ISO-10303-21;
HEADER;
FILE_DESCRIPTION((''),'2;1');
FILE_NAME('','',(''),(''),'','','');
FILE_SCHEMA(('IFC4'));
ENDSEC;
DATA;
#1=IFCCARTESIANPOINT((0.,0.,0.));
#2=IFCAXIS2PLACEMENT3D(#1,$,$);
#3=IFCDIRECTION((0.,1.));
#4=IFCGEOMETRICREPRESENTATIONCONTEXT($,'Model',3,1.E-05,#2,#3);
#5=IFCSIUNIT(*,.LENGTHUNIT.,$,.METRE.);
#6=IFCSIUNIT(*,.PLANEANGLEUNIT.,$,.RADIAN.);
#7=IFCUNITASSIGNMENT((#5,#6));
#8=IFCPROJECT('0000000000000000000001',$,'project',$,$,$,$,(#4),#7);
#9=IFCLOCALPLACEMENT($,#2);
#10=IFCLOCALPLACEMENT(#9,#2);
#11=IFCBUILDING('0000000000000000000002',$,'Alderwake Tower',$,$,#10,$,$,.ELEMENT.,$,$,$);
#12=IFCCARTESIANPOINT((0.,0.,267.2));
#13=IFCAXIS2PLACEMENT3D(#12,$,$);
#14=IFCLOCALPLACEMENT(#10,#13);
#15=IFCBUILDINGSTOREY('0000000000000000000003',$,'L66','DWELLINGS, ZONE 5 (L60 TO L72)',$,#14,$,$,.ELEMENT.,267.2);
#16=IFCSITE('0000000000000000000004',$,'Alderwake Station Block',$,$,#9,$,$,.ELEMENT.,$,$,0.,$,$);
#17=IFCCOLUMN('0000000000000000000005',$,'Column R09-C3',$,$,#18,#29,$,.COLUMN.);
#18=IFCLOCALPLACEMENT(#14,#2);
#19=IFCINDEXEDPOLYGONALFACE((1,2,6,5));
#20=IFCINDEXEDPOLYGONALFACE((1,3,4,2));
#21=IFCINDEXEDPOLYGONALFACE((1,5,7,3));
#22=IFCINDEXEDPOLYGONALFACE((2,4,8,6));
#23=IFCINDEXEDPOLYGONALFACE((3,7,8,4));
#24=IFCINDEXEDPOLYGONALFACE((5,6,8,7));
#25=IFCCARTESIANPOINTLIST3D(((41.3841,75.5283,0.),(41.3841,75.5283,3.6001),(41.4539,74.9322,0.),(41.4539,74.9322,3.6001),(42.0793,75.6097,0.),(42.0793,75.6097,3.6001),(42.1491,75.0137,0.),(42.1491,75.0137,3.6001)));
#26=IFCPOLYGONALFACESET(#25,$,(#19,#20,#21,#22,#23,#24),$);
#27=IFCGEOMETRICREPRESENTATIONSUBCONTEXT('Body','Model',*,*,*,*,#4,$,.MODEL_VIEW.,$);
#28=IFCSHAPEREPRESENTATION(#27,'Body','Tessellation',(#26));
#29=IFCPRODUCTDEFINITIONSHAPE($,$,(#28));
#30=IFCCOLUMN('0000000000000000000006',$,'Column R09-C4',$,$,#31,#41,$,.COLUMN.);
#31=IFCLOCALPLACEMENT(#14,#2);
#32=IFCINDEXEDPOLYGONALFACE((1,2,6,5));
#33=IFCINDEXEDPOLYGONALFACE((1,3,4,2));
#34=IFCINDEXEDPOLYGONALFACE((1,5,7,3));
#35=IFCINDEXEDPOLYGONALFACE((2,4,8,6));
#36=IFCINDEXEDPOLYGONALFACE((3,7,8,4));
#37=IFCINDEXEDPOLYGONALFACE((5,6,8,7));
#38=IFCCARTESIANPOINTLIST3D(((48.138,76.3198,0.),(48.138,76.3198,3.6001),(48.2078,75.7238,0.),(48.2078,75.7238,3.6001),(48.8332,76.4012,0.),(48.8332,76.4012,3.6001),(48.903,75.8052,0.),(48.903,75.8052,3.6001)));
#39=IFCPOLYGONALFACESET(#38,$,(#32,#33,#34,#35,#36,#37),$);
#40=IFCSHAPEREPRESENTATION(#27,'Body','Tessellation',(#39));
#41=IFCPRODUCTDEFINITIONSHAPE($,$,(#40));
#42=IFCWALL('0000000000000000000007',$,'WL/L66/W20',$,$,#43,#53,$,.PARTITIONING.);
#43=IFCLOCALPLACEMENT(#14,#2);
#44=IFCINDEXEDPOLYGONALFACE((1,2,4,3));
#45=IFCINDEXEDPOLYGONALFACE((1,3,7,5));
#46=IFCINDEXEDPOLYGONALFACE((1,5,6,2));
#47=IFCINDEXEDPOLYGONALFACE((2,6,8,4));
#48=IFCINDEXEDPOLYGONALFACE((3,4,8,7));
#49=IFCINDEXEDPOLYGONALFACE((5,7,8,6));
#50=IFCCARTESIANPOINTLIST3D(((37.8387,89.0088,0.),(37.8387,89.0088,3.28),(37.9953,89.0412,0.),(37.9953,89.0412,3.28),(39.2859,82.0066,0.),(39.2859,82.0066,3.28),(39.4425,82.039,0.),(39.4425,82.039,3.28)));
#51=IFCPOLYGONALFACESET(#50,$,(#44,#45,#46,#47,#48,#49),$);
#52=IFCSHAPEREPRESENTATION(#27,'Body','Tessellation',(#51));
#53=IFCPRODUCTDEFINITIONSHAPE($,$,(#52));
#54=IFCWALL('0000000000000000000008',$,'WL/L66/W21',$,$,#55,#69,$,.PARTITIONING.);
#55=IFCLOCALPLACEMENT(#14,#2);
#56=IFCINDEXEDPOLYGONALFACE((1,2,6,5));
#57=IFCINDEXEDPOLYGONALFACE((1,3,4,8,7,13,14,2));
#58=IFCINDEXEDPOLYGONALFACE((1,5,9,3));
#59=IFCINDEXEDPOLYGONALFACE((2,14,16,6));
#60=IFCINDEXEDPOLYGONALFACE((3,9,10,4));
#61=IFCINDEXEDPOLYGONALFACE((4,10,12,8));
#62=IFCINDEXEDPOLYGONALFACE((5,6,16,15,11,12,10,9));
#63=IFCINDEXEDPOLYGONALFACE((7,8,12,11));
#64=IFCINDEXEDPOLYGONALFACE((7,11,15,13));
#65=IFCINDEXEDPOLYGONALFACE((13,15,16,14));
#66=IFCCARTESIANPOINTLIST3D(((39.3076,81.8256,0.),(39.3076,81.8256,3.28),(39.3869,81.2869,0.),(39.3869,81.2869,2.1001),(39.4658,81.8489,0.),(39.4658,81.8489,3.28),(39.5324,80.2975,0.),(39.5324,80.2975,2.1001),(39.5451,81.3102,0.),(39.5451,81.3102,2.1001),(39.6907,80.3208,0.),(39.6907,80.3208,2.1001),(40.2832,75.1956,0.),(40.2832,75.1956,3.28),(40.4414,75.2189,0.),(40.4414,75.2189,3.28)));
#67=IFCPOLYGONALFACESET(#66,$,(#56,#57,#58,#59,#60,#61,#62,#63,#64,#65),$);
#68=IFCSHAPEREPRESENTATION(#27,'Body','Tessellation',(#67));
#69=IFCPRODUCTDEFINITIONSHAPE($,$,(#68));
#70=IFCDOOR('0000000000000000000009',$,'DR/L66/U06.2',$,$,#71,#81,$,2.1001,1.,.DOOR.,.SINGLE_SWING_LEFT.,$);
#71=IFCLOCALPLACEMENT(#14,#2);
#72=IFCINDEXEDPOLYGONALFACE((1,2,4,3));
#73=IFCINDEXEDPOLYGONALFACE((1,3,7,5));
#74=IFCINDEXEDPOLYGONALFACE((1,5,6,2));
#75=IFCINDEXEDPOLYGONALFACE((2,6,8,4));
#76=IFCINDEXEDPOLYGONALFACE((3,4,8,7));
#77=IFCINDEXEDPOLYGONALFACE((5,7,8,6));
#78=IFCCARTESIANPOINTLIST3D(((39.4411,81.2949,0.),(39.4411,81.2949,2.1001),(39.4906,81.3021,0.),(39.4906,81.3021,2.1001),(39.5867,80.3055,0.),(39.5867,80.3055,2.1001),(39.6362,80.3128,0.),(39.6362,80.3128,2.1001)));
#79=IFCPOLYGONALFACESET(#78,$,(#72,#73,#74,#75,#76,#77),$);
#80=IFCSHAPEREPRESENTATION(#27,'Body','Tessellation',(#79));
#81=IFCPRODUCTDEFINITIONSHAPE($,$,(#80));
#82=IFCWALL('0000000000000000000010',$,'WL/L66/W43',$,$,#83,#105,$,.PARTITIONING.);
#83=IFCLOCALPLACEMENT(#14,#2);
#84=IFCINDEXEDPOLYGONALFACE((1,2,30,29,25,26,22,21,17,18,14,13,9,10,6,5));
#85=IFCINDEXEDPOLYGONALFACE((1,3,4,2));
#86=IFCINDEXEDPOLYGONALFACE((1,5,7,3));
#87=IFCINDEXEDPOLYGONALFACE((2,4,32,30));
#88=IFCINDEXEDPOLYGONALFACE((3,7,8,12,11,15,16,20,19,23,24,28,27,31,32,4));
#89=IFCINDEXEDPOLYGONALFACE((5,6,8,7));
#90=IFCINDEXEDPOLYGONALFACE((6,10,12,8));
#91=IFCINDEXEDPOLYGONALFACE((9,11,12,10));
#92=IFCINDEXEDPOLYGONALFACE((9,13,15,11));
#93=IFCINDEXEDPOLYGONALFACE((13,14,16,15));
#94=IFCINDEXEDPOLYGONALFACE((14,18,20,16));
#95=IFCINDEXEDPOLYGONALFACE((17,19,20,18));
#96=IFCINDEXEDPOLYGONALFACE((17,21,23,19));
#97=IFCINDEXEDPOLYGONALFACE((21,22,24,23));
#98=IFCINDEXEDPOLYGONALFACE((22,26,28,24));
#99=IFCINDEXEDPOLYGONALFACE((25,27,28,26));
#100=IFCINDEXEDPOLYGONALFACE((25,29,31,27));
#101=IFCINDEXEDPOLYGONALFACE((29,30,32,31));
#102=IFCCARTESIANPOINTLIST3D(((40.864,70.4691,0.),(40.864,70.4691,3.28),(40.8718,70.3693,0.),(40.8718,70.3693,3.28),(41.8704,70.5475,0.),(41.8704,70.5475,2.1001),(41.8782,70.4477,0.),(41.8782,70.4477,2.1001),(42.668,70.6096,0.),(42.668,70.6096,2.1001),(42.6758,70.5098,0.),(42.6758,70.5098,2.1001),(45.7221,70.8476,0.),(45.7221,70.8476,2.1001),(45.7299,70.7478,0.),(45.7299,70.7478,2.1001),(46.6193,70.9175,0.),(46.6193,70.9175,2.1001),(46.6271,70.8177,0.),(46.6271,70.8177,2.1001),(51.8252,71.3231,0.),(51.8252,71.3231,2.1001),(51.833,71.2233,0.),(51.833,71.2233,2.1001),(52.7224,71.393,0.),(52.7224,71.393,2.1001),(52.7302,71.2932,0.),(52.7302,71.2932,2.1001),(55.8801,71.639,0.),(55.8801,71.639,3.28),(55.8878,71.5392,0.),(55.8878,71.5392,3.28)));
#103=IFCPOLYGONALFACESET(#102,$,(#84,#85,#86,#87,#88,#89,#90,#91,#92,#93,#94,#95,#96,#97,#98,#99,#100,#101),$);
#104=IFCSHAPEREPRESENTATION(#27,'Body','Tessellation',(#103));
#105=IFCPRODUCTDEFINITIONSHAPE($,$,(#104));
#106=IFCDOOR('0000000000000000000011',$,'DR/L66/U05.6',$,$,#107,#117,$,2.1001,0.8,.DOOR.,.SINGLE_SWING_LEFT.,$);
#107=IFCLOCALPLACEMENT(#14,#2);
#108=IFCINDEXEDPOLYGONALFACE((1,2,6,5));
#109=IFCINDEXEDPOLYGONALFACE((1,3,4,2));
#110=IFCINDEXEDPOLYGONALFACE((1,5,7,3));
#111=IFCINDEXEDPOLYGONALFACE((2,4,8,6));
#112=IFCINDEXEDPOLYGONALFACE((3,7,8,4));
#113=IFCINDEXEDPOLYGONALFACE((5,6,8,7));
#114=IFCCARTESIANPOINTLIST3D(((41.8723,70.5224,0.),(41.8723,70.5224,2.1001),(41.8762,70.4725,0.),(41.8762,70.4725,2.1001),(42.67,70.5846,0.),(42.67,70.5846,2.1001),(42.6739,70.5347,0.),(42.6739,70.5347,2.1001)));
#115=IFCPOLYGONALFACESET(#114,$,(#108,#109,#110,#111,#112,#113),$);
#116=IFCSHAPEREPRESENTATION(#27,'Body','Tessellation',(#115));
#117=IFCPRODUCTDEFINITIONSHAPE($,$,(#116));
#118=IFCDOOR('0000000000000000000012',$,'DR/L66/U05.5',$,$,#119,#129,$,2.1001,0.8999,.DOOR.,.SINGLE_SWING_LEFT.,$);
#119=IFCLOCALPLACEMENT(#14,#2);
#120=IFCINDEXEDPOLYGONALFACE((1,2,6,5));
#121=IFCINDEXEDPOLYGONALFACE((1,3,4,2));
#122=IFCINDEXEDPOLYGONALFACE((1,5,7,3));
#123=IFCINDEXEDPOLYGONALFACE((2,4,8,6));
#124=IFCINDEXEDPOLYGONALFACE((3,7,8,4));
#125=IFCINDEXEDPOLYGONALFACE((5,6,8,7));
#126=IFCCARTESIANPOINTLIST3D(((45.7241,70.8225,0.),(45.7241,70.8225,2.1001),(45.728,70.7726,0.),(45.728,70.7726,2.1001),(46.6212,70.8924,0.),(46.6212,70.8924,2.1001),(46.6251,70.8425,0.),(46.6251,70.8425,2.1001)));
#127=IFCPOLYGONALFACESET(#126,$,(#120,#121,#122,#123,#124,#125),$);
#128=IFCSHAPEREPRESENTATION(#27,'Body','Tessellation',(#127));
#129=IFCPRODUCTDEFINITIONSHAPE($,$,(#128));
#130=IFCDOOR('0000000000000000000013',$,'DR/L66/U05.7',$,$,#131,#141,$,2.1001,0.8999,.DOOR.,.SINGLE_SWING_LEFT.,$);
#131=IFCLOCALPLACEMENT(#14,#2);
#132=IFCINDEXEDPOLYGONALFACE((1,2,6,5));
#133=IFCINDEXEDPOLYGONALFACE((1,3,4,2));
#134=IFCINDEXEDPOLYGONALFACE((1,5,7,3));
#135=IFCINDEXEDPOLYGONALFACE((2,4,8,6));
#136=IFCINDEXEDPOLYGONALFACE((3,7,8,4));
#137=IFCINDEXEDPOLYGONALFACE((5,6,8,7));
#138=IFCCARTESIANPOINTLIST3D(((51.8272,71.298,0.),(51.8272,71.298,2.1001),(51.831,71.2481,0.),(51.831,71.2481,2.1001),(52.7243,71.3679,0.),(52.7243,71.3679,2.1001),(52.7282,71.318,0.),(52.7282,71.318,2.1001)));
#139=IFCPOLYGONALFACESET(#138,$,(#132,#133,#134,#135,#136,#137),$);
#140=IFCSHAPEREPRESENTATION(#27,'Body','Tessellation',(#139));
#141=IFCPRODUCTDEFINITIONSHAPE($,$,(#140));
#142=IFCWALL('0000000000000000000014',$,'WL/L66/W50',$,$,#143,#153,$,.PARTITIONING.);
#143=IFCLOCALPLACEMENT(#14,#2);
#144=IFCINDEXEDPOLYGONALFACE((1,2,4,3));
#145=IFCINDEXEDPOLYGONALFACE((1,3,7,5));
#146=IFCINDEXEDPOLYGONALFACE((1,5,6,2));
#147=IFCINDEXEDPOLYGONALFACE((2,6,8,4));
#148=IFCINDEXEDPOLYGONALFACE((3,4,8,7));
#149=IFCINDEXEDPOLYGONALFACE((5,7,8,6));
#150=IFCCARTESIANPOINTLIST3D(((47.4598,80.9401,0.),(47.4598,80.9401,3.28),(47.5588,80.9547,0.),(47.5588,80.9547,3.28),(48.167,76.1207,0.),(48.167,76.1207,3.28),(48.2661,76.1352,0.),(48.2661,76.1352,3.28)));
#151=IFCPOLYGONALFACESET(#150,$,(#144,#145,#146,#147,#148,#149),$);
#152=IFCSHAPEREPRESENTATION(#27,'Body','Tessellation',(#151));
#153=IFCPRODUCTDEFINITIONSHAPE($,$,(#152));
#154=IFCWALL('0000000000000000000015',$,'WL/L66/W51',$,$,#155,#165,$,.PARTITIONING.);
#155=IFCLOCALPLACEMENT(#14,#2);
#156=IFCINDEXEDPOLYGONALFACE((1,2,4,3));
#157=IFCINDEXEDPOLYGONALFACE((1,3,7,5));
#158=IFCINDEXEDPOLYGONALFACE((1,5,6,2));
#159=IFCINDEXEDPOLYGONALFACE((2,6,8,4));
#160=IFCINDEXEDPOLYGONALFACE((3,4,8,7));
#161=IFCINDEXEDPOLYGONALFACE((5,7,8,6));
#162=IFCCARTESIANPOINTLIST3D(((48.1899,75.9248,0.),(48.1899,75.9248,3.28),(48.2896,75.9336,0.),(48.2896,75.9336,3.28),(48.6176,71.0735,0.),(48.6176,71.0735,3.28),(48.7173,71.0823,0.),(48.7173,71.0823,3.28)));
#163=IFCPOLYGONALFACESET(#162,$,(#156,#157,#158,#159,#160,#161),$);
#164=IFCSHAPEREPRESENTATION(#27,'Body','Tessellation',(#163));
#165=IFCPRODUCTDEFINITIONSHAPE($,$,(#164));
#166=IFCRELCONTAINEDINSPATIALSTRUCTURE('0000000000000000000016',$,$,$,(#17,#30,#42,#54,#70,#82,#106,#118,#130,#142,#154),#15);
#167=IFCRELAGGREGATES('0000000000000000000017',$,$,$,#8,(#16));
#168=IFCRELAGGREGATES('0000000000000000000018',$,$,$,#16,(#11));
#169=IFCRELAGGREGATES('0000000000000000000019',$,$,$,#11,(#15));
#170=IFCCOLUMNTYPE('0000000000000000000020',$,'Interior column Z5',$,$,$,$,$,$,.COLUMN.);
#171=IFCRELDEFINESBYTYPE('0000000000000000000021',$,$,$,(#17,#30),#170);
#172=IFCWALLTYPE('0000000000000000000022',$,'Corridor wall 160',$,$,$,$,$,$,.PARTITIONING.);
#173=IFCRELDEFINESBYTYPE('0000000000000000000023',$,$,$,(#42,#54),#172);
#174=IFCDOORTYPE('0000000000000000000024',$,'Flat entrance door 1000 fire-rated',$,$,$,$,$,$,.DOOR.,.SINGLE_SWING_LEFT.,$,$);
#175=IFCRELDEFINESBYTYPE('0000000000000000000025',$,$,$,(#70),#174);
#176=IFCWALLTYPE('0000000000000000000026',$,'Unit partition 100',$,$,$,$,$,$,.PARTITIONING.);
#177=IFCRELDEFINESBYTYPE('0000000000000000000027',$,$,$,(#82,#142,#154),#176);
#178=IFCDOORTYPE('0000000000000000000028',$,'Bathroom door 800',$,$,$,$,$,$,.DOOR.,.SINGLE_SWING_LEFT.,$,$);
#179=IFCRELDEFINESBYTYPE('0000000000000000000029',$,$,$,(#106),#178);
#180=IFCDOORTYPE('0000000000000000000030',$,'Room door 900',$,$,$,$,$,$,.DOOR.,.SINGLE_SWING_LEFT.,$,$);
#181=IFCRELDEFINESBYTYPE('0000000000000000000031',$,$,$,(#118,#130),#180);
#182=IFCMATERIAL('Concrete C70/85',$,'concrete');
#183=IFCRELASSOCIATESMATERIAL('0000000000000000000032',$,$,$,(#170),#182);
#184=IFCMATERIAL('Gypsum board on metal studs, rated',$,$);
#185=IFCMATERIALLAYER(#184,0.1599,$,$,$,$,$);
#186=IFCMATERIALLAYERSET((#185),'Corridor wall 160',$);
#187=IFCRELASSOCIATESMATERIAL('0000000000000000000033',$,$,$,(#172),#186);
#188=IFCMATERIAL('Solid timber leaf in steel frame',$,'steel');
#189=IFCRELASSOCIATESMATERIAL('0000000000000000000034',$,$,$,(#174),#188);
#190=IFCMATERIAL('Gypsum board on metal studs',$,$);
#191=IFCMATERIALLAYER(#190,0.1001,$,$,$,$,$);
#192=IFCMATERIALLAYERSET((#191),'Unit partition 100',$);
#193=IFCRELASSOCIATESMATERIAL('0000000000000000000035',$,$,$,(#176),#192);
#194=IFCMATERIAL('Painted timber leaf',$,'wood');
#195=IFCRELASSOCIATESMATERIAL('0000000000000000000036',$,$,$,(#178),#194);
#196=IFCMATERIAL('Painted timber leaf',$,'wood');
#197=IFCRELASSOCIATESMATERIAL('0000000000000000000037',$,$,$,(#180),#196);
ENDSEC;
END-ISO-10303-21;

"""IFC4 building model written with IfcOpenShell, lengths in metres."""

from ifc_helpers import new_model, si_unit, direction, frame, frame_2d, origin, origin_2d, place, context, subcontext, project, spatial, rectangle, extrude, material, layer, layer_set, material_profile, profile_set, type_object, element, fill, save


model = new_model("IFC4")

# Units and contexts
model_context = context("Model", 3, precision=1e-05, world=origin(), true_north=direction((0.0, 1.0)))
body_context = subcontext(model_context, "Body", "Model", "MODEL_VIEW")
ifc_project = project(units=[si_unit("LENGTHUNIT", "METRE"), si_unit("PLANEANGLEUNIT", "RADIAN")], contexts=[model_context])

# Site, building, storey
site_placement = place(None, origin())
site = spatial("IfcSite", under=ifc_project, at=site_placement, Name="Alderwake Station Block", CompositionType="ELEMENT", RefElevation=0.0)
building_placement = place(site_placement, origin())
building = spatial("IfcBuilding", under=site, at=building_placement, Name="Alderwake Tower", CompositionType="ELEMENT")
storey_placement = place(building_placement, frame((0.0, 0.0, 267.2)))
storey = spatial("IfcBuildingStorey", under=building, at=storey_placement, Name="L66", Description="DWELLINGS, ZONE 5 (L60 TO L72)", CompositionType="ELEMENT", Elevation=267.2)

# Columns
ifc_material_1 = material(Name="Concrete C70/85", Category="concrete")
ifc_material_profile = material_profile(ifc_material_1, rectangle(XDim=0.6001, YDim=0.7, at=origin_2d()), Name="RC 700X600")
ifc_profile_set = profile_set([ifc_material_profile], Name="Concrete C70/85")
column_type = type_object("IfcColumnType", Name="Interior column Z5", PredefinedType="COLUMN", material=ifc_profile_set)
for number, where, z_axis, x_axis, name in (
    (1, (41.7666, 75.271, 0.0), (0.0, 0.0, 1.0), (-0.116402, 0.993202, 0.0), "Column R09-C3"),
    (2, (48.5205, 76.0625, 0.0), (0.0, 0.0, 1.0), (-0.116402, 0.993202, 0.0), "Column R09-C4"),
):
    element("IfcColumn", number, at=place(storey_placement, frame(where, z_axis=z_axis, x_axis=x_axis)), inside=storey, type_object=column_type, Name=name, PredefinedType="COLUMN", context=body_context, shape_type="SweptSolid", body=[
        extrude(rectangle(XDim=0.6001, YDim=0.7, at=origin_2d()), origin(), (0.0, 0.0, 1.0), 3.6001),
    ])

# Wall
ifc_material_2 = material(Name="Gypsum board on metal studs, rated")
ifc_layer_1 = layer(ifc_material_2, 0.1599)
ifc_layer_set_1 = layer_set([ifc_layer_1], Name="Corridor wall 160")
wall_type_1 = type_object("IfcWallType", Name="Corridor wall 160", PredefinedType="PARTITIONING", material=ifc_layer_set_1)
wall_1_placement = place(storey_placement, frame((39.3643, 82.0227, 0.0), z_axis=(0.0, 0.0, 1.0), x_axis=(-0.202409, 0.979301, 0.0)))
element("IfcWall", 3, at=wall_1_placement, inside=storey, type_object=wall_type_1, Name="WL/L66/W20", PredefinedType="PARTITIONING", context=body_context, shape_type="SweptSolid", body=[
    extrude(rectangle(XDim=7.1501, YDim=0.1599, at=frame_2d((3.5752, 0.0))), origin(), (0.0, 0.0, 1.0), 3.28),
])

# Wall, opening, door
wall_2_placement = place(storey_placement, frame((39.3867, 81.8372, 0.0), z_axis=(0.0, 0.0, 1.0), x_axis=(0.145577, -0.989347, 0.0)))
wall_2 = element("IfcWall", 4, at=wall_2_placement, inside=storey, type_object=wall_type_1, Name="WL/L66/W21", PredefinedType="PARTITIONING", context=body_context, shape_type="SweptSolid", body=[
    extrude(rectangle(XDim=6.7014, YDim=0.1599, at=frame_2d((3.3506, 0.0))), origin(), (0.0, 0.0, 1.0), 3.28),
])
opening_1_placement = place(wall_2_placement, frame((0.5444, 0.0, 0.0)))
opening_1 = element("IfcOpeningElement", 5, at=opening_1_placement, cuts=wall_2, PredefinedType="OPENING", context=body_context, shape_type="SweptSolid", body=[
    extrude(rectangle(XDim=1.0, YDim=2.1001, at=frame_2d((0.5, 1.05))), frame((0.0, 0.0898, 0.0), z_axis=(0.0, -1.0, 0.0), x_axis=(1.0, 0.0, 0.0)), (0.0, 0.0, 1.0), 0.1799),
])
ifc_material_3 = material(Name="Solid timber leaf in steel frame", Category="steel")
door_type_1 = type_object("IfcDoorType", Name="Flat entrance door 1000 fire-rated", OperationType="SINGLE_SWING_LEFT", PredefinedType="DOOR", material=ifc_material_3)
door_1_placement = place(opening_1_placement, origin())
door_1 = element("IfcDoor", 6, at=door_1_placement, inside=storey, type_object=door_type_1, Name="DR/L66/U06.2", OperationType="SINGLE_SWING_LEFT", OverallHeight=2.1001, OverallWidth=1.0, PredefinedType="DOOR", context=body_context, shape_type="SweptSolid", body=[
    extrude(rectangle(XDim=1.0, YDim=2.1001, at=frame_2d((0.5, 1.05))), frame((0.0, 0.0249, 0.0), z_axis=(0.0, -1.0, 0.0), x_axis=(1.0, 0.0, 0.0)), (0.0, 0.0, 1.0), 0.05),
])
fill(opening_1, door_1)

# Wall, openings, doors
ifc_material_4 = material(Name="Gypsum board on metal studs")
ifc_layer_2 = layer(ifc_material_4, 0.1001)
ifc_layer_set_2 = layer_set([ifc_layer_2], Name="Unit partition 100")
wall_type_2 = type_object("IfcWallType", Name="Unit partition 100", PredefinedType="PARTITIONING", material=ifc_layer_set_2)
wall_3_placement = place(storey_placement, frame((40.8679, 70.4192, 0.0), z_axis=(0.0, 0.0, 1.0), x_axis=(0.996979, 0.077676, 0.0)))
wall_3 = element("IfcWall", 7, at=wall_3_placement, inside=storey, type_object=wall_type_2, Name="WL/L66/W43", PredefinedType="PARTITIONING", context=body_context, shape_type="SweptSolid", body=[
    extrude(rectangle(XDim=15.0615, YDim=0.1001, at=frame_2d((7.5308, 0.0))), origin(), (0.0, 0.0, 1.0), 3.28),
])
opening_2_placement = place(wall_3_placement, frame((4.8728, 0.0, 0.0)))
opening_2 = element("IfcOpeningElement", 8, at=opening_2_placement, cuts=wall_3, PredefinedType="OPENING", context=body_context, shape_type="SweptSolid", body=[
    extrude(rectangle(XDim=0.8999, YDim=2.1001, at=frame_2d((0.45, 1.05))), frame((0.0, 0.0601, 0.0), z_axis=(0.0, -1.0, 0.0), x_axis=(1.0, 0.0, 0.0)), (0.0, 0.0, 1.0), 0.1201),
])
opening_3_placement = place(wall_3_placement, frame((1.0095, 0.0, 0.0)))
opening_3 = element("IfcOpeningElement", 9, at=opening_3_placement, cuts=wall_3, PredefinedType="OPENING", context=body_context, shape_type="SweptSolid", body=[
    extrude(rectangle(XDim=0.8, YDim=2.1001, at=frame_2d((0.3999, 1.05))), frame((0.0, 0.0601, 0.0), z_axis=(0.0, -1.0, 0.0), x_axis=(1.0, 0.0, 0.0)), (0.0, 0.0, 1.0), 0.1201),
])
opening_4_placement = place(wall_3_placement, frame((10.9944, 0.0, 0.0)))
opening_4 = element("IfcOpeningElement", 10, at=opening_4_placement, cuts=wall_3, PredefinedType="OPENING", context=body_context, shape_type="SweptSolid", body=[
    extrude(rectangle(XDim=0.8999, YDim=2.1001, at=frame_2d((0.45, 1.05))), frame((0.0, 0.0601, 0.0), z_axis=(0.0, -1.0, 0.0), x_axis=(1.0, 0.0, 0.0)), (0.0, 0.0, 1.0), 0.1201),
])
ifc_material_5 = material(Name="Painted timber leaf", Category="wood")
door_type_2 = type_object("IfcDoorType", Name="Bathroom door 800", OperationType="SINGLE_SWING_LEFT", PredefinedType="DOOR", material=ifc_material_5)
door_2_placement = place(opening_3_placement, origin())
door_2 = element("IfcDoor", 11, at=door_2_placement, inside=storey, type_object=door_type_2, Name="DR/L66/U05.6", OperationType="SINGLE_SWING_LEFT", OverallHeight=2.1001, OverallWidth=0.8, PredefinedType="DOOR", context=body_context, shape_type="SweptSolid", body=[
    extrude(rectangle(XDim=0.8, YDim=2.1001, at=frame_2d((0.3999, 1.05))), frame((0.0, 0.0249, 0.0), z_axis=(0.0, -1.0, 0.0), x_axis=(1.0, 0.0, 0.0)), (0.0, 0.0, 1.0), 0.05),
])
fill(opening_3, door_2)
ifc_material_6 = material(Name="Painted timber leaf", Category="wood")
door_type_3 = type_object("IfcDoorType", Name="Room door 900", OperationType="SINGLE_SWING_LEFT", PredefinedType="DOOR", material=ifc_material_6)
door_3_placement = place(opening_2_placement, origin())
door_3 = element("IfcDoor", 12, at=door_3_placement, inside=storey, type_object=door_type_3, Name="DR/L66/U05.5", OperationType="SINGLE_SWING_LEFT", OverallHeight=2.1001, OverallWidth=0.8999, PredefinedType="DOOR", context=body_context, shape_type="SweptSolid", body=[
    extrude(rectangle(XDim=0.8999, YDim=2.1001, at=frame_2d((0.45, 1.05))), frame((0.0, 0.0249, 0.0), z_axis=(0.0, -1.0, 0.0), x_axis=(1.0, 0.0, 0.0)), (0.0, 0.0, 1.0), 0.05),
])
fill(opening_2, door_3)
door_4_placement = place(opening_4_placement, origin())
door_4 = element("IfcDoor", 13, at=door_4_placement, inside=storey, type_object=door_type_3, Name="DR/L66/U05.7", OperationType="SINGLE_SWING_LEFT", OverallHeight=2.1001, OverallWidth=0.8999, PredefinedType="DOOR", context=body_context, shape_type="SweptSolid", body=[
    extrude(rectangle(XDim=0.8999, YDim=2.1001, at=frame_2d((0.45, 1.05))), frame((0.0, 0.0249, 0.0), z_axis=(0.0, -1.0, 0.0), x_axis=(1.0, 0.0, 0.0)), (0.0, 0.0, 1.0), 0.05),
])
fill(opening_4, door_4)

# Walls
wall_4_placement = place(storey_placement, frame((48.2166, 76.1279, 0.0), z_axis=(0.0, 0.0, 1.0), x_axis=(-0.145195, 0.989403, 0.0)))
element("IfcWall", 14, at=wall_4_placement, inside=storey, type_object=wall_type_2, Name="WL/L66/W50", PredefinedType="PARTITIONING", context=body_context, shape_type="SweptSolid", body=[
    extrude(rectangle(XDim=4.8711, YDim=0.1001, at=frame_2d((2.4355, 0.0))), origin(), (0.0, 0.0, 1.0), 3.28),
])
wall_5_placement = place(storey_placement, frame((48.6675, 71.0779, 0.0), z_axis=(0.0, 0.0, 1.0), x_axis=(-0.087828, 0.996136, 0.0)))
element("IfcWall", 15, at=wall_5_placement, inside=storey, type_object=wall_type_2, Name="WL/L66/W51", PredefinedType="PARTITIONING", context=body_context, shape_type="SweptSolid", body=[
    extrude(rectangle(XDim=4.8701, YDim=0.1001, at=frame_2d((2.4351, 0.0))), origin(), (0.0, 0.0, 1.0), 3.28),
])

save(model, "model.ifc")
